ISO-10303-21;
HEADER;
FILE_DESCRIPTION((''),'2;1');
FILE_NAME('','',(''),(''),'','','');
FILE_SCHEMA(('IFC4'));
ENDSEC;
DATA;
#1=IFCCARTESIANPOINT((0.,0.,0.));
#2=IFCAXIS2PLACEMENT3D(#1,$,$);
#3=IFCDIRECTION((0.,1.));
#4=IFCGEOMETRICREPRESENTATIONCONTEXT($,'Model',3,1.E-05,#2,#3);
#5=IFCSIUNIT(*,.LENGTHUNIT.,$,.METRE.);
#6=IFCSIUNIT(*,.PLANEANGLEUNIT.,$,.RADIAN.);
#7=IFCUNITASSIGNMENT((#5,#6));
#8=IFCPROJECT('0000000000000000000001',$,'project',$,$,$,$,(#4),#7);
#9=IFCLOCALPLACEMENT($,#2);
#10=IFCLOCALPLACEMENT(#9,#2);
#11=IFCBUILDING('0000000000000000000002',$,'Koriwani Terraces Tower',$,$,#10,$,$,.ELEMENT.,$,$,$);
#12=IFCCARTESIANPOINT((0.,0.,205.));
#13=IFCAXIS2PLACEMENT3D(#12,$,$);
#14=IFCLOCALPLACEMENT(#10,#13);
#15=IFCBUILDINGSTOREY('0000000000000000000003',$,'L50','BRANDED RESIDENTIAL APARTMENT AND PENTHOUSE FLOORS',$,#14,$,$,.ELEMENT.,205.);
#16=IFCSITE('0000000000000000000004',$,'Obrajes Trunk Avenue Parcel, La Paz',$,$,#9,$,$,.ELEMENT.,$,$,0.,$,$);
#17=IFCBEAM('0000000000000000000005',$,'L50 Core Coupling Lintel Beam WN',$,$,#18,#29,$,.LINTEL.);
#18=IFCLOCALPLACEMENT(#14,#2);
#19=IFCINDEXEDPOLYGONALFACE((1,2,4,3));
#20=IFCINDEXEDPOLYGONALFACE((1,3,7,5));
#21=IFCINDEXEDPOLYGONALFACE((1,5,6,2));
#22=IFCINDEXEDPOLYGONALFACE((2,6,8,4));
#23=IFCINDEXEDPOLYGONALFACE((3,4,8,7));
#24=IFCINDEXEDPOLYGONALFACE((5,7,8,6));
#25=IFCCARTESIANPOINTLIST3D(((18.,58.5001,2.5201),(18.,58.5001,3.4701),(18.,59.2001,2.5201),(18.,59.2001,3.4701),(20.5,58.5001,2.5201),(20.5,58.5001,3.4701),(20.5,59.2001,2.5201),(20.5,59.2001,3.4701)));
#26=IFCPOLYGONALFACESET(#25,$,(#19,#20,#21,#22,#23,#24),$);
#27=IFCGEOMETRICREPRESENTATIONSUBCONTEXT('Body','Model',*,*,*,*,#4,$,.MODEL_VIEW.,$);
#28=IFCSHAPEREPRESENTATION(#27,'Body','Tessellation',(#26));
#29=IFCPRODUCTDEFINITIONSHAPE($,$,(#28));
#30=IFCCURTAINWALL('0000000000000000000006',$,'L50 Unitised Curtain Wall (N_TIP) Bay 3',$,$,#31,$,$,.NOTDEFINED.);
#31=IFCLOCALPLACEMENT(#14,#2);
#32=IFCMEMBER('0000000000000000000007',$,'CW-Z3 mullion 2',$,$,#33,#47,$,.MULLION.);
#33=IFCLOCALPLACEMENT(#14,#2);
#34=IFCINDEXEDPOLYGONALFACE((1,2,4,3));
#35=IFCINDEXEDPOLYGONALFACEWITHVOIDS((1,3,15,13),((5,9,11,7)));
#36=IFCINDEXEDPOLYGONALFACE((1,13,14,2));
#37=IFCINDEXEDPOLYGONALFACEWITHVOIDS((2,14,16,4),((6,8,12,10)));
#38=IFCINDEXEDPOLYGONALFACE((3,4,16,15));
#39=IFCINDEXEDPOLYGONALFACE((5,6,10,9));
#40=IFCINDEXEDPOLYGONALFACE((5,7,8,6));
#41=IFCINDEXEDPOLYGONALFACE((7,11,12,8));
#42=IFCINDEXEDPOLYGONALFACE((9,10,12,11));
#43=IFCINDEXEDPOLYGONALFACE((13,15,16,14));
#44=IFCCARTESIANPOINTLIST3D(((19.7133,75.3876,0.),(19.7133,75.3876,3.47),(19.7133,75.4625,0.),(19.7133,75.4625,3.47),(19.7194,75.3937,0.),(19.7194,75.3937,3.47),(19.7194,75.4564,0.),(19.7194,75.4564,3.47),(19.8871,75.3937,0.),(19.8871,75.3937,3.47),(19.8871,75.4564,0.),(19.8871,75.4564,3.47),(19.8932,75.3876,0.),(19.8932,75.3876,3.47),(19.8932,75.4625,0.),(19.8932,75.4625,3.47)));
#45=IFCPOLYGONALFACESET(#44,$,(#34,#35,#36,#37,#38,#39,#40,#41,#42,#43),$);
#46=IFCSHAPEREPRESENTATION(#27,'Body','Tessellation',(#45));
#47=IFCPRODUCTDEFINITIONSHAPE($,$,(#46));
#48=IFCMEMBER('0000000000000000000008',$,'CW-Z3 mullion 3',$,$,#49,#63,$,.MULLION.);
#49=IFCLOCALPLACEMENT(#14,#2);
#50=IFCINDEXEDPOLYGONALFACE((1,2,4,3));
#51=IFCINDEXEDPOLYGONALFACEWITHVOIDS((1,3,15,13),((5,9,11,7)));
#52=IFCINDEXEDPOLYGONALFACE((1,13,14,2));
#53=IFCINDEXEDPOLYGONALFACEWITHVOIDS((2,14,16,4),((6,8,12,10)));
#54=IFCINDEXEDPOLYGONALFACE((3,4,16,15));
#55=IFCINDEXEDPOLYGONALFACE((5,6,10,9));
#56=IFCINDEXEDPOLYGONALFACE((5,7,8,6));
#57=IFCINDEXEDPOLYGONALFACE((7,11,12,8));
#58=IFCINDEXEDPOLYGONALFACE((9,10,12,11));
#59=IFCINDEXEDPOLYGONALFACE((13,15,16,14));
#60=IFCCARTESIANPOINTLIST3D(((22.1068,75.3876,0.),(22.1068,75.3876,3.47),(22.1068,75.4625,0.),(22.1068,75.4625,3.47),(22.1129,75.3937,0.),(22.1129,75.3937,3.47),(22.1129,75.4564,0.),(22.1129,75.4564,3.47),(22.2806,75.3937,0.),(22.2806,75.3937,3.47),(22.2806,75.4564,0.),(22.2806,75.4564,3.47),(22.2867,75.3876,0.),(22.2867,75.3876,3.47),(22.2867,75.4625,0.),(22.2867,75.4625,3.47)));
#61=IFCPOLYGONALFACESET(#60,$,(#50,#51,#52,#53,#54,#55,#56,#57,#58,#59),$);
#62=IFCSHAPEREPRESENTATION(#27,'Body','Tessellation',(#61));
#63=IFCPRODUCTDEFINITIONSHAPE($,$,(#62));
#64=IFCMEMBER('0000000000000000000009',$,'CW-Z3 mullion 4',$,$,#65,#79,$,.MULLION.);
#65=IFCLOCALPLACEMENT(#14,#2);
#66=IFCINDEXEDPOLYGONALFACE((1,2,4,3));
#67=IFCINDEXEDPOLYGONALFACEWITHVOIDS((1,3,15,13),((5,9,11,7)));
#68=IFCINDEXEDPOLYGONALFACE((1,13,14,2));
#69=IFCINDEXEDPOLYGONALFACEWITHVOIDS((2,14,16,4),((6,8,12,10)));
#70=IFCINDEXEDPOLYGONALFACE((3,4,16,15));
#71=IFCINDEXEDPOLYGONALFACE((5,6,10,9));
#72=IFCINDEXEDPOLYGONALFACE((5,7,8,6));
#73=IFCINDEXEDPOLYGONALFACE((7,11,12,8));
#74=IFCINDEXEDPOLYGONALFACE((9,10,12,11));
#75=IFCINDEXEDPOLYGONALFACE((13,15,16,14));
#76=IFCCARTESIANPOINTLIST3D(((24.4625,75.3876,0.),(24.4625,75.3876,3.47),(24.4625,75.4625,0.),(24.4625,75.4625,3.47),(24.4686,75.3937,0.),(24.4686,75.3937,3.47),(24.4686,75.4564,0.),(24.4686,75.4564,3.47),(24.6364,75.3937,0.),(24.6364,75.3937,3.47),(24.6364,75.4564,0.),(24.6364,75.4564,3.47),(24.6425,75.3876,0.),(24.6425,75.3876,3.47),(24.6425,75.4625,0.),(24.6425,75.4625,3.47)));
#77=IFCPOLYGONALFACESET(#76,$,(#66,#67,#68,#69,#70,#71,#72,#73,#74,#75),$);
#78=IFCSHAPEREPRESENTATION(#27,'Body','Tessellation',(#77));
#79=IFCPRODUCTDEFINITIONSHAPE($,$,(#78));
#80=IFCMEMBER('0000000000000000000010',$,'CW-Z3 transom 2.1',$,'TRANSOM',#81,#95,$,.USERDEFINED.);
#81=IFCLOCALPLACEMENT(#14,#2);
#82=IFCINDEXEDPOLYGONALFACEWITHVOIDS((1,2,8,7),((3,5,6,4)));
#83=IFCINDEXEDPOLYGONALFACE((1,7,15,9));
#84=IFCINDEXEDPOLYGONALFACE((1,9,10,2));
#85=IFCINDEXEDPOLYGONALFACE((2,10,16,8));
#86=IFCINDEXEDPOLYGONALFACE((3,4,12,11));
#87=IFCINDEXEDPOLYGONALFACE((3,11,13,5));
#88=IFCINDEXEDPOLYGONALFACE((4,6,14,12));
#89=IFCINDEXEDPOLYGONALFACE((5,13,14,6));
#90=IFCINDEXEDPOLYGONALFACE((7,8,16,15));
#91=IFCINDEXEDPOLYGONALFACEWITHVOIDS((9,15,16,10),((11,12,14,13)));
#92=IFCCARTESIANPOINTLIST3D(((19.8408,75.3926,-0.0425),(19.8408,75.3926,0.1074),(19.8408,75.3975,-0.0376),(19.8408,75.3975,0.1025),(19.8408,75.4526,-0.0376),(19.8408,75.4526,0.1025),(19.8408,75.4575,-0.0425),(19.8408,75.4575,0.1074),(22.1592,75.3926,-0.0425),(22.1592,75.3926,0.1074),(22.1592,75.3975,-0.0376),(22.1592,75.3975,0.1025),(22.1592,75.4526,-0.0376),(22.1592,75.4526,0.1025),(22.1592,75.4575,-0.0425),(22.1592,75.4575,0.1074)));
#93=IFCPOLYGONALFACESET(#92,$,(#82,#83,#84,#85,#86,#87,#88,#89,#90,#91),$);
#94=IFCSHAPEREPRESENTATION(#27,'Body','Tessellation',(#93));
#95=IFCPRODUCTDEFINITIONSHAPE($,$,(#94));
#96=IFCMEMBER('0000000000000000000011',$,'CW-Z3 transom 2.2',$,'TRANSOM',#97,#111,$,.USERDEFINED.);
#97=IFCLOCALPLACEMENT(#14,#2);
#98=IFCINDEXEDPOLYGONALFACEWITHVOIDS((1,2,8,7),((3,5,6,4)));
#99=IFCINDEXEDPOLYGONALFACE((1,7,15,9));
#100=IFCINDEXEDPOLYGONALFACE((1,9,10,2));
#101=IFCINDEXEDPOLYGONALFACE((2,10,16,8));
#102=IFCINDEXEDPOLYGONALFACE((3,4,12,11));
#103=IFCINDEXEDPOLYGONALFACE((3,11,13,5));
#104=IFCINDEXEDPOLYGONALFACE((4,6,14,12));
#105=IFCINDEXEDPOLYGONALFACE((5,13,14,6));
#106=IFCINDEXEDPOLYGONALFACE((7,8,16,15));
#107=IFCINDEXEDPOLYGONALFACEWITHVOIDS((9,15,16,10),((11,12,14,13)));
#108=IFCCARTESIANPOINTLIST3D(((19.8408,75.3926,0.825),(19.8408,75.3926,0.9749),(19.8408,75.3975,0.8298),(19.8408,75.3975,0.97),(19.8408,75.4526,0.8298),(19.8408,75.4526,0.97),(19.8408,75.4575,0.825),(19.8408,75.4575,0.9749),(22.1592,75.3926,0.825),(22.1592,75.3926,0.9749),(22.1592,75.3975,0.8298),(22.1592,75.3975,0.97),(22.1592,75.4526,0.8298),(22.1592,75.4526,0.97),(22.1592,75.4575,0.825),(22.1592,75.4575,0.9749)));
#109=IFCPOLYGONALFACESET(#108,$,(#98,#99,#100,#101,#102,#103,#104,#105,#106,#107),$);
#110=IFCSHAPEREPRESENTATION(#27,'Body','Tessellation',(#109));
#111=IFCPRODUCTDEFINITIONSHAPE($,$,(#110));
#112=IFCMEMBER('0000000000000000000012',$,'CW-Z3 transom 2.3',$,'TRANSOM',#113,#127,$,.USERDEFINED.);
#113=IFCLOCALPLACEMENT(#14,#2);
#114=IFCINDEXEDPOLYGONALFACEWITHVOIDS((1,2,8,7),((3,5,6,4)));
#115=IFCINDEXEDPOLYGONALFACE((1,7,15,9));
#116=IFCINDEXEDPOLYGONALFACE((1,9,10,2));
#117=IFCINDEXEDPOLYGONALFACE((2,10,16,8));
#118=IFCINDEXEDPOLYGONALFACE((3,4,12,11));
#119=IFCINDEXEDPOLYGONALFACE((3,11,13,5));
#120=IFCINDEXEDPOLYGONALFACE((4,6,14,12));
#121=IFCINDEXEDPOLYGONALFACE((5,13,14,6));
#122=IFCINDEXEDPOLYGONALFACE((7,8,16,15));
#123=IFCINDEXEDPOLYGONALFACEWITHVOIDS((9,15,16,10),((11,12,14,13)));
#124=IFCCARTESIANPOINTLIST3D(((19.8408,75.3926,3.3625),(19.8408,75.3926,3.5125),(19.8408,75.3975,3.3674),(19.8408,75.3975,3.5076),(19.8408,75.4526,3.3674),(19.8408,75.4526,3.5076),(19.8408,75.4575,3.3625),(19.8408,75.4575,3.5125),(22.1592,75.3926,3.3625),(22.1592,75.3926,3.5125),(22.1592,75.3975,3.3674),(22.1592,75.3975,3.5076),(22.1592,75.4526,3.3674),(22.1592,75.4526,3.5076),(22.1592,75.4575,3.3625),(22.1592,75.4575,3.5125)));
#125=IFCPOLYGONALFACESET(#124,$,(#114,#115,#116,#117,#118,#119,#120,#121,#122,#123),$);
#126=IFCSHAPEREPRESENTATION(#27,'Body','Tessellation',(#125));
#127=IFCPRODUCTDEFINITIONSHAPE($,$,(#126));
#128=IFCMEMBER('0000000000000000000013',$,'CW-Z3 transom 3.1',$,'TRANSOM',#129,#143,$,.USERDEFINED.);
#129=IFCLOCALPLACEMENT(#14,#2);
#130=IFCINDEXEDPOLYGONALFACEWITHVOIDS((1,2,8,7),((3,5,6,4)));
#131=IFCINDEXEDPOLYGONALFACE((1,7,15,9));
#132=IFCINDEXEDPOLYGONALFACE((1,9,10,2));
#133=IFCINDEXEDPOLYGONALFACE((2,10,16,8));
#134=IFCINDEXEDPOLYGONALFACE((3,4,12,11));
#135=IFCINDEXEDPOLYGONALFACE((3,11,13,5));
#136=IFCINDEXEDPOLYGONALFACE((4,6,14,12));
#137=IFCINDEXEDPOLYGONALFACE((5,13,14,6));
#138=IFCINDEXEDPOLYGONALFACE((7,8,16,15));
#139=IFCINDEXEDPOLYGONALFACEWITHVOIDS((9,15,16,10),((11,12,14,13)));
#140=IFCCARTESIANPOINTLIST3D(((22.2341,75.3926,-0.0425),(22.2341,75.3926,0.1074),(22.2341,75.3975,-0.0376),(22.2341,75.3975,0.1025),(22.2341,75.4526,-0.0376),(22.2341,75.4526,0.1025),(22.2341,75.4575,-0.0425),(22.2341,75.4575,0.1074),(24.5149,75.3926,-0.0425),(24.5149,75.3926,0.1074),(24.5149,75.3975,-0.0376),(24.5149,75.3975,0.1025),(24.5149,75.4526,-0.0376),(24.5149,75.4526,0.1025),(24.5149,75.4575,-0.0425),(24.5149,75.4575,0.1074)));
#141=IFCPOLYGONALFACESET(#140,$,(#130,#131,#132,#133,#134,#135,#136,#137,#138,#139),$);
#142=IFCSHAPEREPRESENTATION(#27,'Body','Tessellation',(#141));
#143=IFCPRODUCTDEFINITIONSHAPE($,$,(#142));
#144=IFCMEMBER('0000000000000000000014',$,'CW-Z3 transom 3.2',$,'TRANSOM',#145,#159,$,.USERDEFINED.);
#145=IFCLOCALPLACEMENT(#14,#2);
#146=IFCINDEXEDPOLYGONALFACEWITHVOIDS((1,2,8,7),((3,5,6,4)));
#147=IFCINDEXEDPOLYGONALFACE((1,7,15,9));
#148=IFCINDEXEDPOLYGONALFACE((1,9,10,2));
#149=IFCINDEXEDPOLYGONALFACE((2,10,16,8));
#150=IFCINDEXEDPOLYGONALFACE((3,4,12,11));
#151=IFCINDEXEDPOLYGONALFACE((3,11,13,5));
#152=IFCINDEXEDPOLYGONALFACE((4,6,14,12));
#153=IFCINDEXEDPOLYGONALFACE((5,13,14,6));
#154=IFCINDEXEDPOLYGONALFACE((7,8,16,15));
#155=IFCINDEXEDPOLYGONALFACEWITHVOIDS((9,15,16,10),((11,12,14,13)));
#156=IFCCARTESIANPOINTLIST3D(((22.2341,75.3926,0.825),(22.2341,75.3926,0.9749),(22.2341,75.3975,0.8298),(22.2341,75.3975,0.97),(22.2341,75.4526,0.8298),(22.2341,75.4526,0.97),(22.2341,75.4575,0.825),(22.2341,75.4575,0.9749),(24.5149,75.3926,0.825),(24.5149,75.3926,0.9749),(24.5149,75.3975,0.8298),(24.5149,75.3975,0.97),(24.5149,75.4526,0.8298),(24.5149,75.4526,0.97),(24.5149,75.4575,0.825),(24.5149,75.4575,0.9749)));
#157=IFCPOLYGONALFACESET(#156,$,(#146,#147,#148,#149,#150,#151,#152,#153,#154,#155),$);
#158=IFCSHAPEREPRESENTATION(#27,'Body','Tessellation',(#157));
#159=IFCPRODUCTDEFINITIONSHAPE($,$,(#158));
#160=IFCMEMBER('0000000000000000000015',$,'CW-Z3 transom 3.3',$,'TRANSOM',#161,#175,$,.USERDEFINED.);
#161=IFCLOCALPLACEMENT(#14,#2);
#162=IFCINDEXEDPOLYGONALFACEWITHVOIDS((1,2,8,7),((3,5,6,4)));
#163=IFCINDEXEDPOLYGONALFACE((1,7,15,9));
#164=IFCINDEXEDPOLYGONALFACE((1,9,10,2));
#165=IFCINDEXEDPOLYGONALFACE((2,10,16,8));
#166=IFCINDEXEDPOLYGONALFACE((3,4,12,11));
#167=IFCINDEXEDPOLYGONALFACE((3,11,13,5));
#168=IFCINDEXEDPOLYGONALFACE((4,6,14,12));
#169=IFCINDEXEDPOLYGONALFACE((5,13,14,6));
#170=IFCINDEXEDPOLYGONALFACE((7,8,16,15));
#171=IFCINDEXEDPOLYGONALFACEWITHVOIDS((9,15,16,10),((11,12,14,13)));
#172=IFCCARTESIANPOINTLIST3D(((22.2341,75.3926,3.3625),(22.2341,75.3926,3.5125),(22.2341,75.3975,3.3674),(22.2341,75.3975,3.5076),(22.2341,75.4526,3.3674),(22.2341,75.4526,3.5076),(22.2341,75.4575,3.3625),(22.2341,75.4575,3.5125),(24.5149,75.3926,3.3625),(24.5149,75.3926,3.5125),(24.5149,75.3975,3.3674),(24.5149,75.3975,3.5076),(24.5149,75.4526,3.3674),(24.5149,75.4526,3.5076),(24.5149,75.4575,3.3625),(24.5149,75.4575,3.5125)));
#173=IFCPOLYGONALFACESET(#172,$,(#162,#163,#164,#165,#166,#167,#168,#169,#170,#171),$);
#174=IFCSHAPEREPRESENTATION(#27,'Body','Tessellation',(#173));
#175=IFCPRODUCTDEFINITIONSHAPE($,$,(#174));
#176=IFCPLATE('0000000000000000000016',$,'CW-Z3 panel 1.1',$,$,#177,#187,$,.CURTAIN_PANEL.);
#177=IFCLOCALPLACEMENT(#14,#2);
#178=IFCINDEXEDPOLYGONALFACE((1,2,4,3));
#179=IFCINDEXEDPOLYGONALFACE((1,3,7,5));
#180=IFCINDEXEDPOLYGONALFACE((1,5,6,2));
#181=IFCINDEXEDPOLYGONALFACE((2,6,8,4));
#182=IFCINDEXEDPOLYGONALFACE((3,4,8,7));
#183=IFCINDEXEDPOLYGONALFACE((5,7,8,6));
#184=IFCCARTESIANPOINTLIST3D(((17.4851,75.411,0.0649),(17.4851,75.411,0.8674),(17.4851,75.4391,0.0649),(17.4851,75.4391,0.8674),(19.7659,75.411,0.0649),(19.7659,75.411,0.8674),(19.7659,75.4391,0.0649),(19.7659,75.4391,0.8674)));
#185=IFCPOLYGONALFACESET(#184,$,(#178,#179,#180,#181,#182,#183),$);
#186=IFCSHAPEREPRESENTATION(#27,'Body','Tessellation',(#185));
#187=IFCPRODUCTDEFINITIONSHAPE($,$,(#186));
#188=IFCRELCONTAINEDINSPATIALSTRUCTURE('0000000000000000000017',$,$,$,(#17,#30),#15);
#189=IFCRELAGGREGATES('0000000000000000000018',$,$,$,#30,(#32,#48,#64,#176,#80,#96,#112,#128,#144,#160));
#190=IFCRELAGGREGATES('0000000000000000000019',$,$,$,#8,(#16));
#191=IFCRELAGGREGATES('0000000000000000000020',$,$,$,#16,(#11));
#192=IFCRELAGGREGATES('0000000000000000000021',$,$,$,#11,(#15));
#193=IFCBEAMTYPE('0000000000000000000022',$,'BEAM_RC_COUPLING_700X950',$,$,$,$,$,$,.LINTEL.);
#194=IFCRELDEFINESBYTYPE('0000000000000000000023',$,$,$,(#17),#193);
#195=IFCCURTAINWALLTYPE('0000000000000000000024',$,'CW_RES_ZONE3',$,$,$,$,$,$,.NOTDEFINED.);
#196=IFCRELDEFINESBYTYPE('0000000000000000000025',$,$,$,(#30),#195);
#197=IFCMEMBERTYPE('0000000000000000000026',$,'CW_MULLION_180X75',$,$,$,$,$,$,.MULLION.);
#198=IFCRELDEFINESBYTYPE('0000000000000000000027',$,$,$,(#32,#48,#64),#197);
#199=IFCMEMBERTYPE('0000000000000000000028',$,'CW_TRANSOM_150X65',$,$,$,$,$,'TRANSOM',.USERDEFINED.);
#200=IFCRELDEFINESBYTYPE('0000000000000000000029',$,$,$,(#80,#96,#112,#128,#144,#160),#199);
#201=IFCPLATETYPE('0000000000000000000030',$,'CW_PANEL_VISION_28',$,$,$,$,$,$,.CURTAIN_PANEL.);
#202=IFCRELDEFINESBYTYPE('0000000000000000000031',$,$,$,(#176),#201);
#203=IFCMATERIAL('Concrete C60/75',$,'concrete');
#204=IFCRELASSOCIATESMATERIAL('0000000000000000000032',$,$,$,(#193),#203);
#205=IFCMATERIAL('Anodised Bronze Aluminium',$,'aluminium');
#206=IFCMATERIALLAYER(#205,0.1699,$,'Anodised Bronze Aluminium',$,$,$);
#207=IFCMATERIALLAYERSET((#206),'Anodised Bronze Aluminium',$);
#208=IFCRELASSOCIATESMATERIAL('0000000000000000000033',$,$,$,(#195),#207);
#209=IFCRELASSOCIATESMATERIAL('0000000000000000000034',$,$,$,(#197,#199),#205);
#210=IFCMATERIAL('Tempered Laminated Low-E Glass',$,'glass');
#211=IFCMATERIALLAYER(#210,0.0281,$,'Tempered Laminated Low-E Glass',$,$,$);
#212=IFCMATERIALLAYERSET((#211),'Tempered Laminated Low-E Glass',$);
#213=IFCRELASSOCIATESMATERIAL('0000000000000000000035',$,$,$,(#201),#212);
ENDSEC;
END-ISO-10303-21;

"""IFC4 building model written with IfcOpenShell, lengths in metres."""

from ifc_helpers import new_model, si_unit, direction, frame, origin, origin_2d, place, context, subcontext, project, spatial, rectangle, hollow_rectangle, extrude, material, layer, layer_set, material_profile, profile_set, type_object, element, aggregate, save


model = new_model("IFC4")

# Units and contexts
model_context = context("Model", 3, precision=1e-05, world=origin(), true_north=direction((0.0, 1.0)))
body_context = subcontext(model_context, "Body", "Model", "MODEL_VIEW")
ifc_project = project(units=[si_unit("LENGTHUNIT", "METRE"), si_unit("PLANEANGLEUNIT", "RADIAN")], contexts=[model_context])

# Site, building, storey
site_placement = place(None, origin())
site = spatial("IfcSite", under=ifc_project, at=site_placement, Name="Obrajes Trunk Avenue Parcel, La Paz", CompositionType="ELEMENT", RefElevation=0.0)
building_placement = place(site_placement, origin())
building = spatial("IfcBuilding", under=site, at=building_placement, Name="Koriwani Terraces Tower", CompositionType="ELEMENT")
storey_placement = place(building_placement, frame((0.0, 0.0, 205.0)))
storey = spatial("IfcBuildingStorey", under=building, at=storey_placement, Name="L50", Description="BRANDED RESIDENTIAL APARTMENT AND PENTHOUSE FLOORS", CompositionType="ELEMENT", Elevation=205.0)

# Beam
ifc_material_1 = material(Name="Concrete C60/75", Category="concrete")
ifc_material_profile_1 = material_profile(ifc_material_1, rectangle(XDim=0.7, YDim=0.95, at=origin_2d()), Name="Concrete C60/75", Category="LoadBearing")
ifc_profile_set_1 = profile_set([ifc_material_profile_1], Name="Concrete C60/75")
beam_type = type_object("IfcBeamType", Name="BEAM_RC_COUPLING_700X950", PredefinedType="LINTEL", material=ifc_profile_set_1)
beam_placement = place(storey_placement, frame((18.0, 58.8501, 2.9951), z_axis=(1.0, 0.0, 0.0), x_axis=(0.0, 1.0, 0.0)))
element("IfcBeam", 1, at=beam_placement, inside=storey, type_object=beam_type, Name="L50 Core Coupling Lintel Beam WN", PredefinedType="LINTEL", context=body_context, shape_type="SweptSolid", body=[
    extrude(rectangle(XDim=0.7, YDim=0.95, at=origin_2d()), origin(), (0.0, 0.0, 1.0), 2.5),
])

# Curtain wall, members, plate
ifc_material_2 = material(Name="Anodised Bronze Aluminium", Category="aluminium")
ifc_layer_1 = layer(ifc_material_2, 0.1699, Name="Anodised Bronze Aluminium")
ifc_layer_set_1 = layer_set([ifc_layer_1], Name="Anodised Bronze Aluminium")
curtain_wall_type = type_object("IfcCurtainWallType", Name="CW_RES_ZONE3", PredefinedType="NOTDEFINED", material=ifc_layer_set_1)
curtain_wall_placement = place(storey_placement, origin())
curtain_wall = element("IfcCurtainWall", 2, at=curtain_wall_placement, inside=storey, type_object=curtain_wall_type, Name="L50 Unitised Curtain Wall (N_TIP) Bay 3", PredefinedType="NOTDEFINED")
ifc_material_profile_2 = material_profile(ifc_material_2, hollow_rectangle(XDim=0.075, YDim=0.1799, WallThickness=0.0061, at=origin_2d()), Name="Anodised Bronze Aluminium", Category="LoadBearing")
ifc_profile_set_2 = profile_set([ifc_material_profile_2], Name="Anodised Bronze Aluminium")
member_type_1 = type_object("IfcMemberType", Name="CW_MULLION_180X75", PredefinedType="MULLION", material=ifc_profile_set_2)
member_1_placement = place(storey_placement, frame((19.8032, 75.425, 0.0), z_axis=(0.0, 0.0, 1.0), x_axis=(0.0, 1.0, 0.0)))
member_1 = element("IfcMember", 3, at=member_1_placement, type_object=member_type_1, Name="CW-Z3 mullion 2", PredefinedType="MULLION", context=body_context, shape_type="SweptSolid", body=[
    extrude(hollow_rectangle(XDim=0.075, YDim=0.1799, WallThickness=0.0061, at=origin_2d()), origin(), (0.0, 0.0, 1.0), 3.47),
])
member_2_placement = place(storey_placement, frame((22.1968, 75.425, 0.0), z_axis=(0.0, 0.0, 1.0), x_axis=(0.0, 1.0, 0.0)))
member_2 = element("IfcMember", 4, at=member_2_placement, type_object=member_type_1, Name="CW-Z3 mullion 3", PredefinedType="MULLION", context=body_context, shape_type="SweptSolid", body=[
    extrude(hollow_rectangle(XDim=0.075, YDim=0.1799, WallThickness=0.0061, at=origin_2d()), origin(), (0.0, 0.0, 1.0), 3.47),
])
member_3_placement = place(storey_placement, frame((24.5525, 75.425, 0.0), z_axis=(0.0, 0.0, 1.0), x_axis=(0.0, 1.0, 0.0)))
member_3 = element("IfcMember", 5, at=member_3_placement, type_object=member_type_1, Name="CW-Z3 mullion 4", PredefinedType="MULLION", context=body_context, shape_type="SweptSolid", body=[
    extrude(hollow_rectangle(XDim=0.075, YDim=0.1799, WallThickness=0.0061, at=origin_2d()), origin(), (0.0, 0.0, 1.0), 3.47),
])
ifc_material_profile_3 = material_profile(ifc_material_2, hollow_rectangle(XDim=0.0649, YDim=0.1499, WallThickness=0.0049, at=origin_2d()), Name="Anodised Bronze Aluminium", Category="LoadBearing")
ifc_profile_set_3 = profile_set([ifc_material_profile_3], Name="Anodised Bronze Aluminium")
member_type_2 = type_object("IfcMemberType", Name="CW_TRANSOM_150X65", ElementType="TRANSOM", PredefinedType="USERDEFINED", material=ifc_profile_set_3)
member_4_placement = place(storey_placement, frame((19.8408, 75.425, 0.0325), z_axis=(1.0, 0.0, 0.0), x_axis=(0.0, 1.0, 0.0)))
member_4 = element("IfcMember", 6, at=member_4_placement, type_object=member_type_2, Name="CW-Z3 transom 2.1", ObjectType="TRANSOM", PredefinedType="USERDEFINED", context=body_context, shape_type="SweptSolid", body=[
    extrude(hollow_rectangle(XDim=0.0649, YDim=0.1499, WallThickness=0.0049, at=origin_2d()), origin(), (0.0, 0.0, 1.0), 2.3184),
])
member_5_placement = place(storey_placement, frame((19.8408, 75.425, 0.8999), z_axis=(1.0, 0.0, 0.0), x_axis=(0.0, 1.0, 0.0)))
member_5 = element("IfcMember", 7, at=member_5_placement, type_object=member_type_2, Name="CW-Z3 transom 2.2", ObjectType="TRANSOM", PredefinedType="USERDEFINED", context=body_context, shape_type="SweptSolid", body=[
    extrude(hollow_rectangle(XDim=0.0649, YDim=0.1499, WallThickness=0.0049, at=origin_2d()), origin(), (0.0, 0.0, 1.0), 2.3184),
])
member_6_placement = place(storey_placement, frame((19.8408, 75.425, 3.4375), z_axis=(1.0, 0.0, 0.0), x_axis=(0.0, 1.0, 0.0)))
member_6 = element("IfcMember", 8, at=member_6_placement, type_object=member_type_2, Name="CW-Z3 transom 2.3", ObjectType="TRANSOM", PredefinedType="USERDEFINED", context=body_context, shape_type="SweptSolid", body=[
    extrude(hollow_rectangle(XDim=0.0649, YDim=0.1499, WallThickness=0.0049, at=origin_2d()), origin(), (0.0, 0.0, 1.0), 2.3184),
])
member_7_placement = place(storey_placement, frame((22.2341, 75.425, 0.0325), z_axis=(1.0, 0.0, 0.0), x_axis=(0.0, 1.0, 0.0)))
member_7 = element("IfcMember", 9, at=member_7_placement, type_object=member_type_2, Name="CW-Z3 transom 3.1", ObjectType="TRANSOM", PredefinedType="USERDEFINED", context=body_context, shape_type="SweptSolid", body=[
    extrude(hollow_rectangle(XDim=0.0649, YDim=0.1499, WallThickness=0.0049, at=origin_2d()), origin(), (0.0, 0.0, 1.0), 2.2808),
])
member_8_placement = place(storey_placement, frame((22.2341, 75.425, 0.8999), z_axis=(1.0, 0.0, 0.0), x_axis=(0.0, 1.0, 0.0)))
member_8 = element("IfcMember", 10, at=member_8_placement, type_object=member_type_2, Name="CW-Z3 transom 3.2", ObjectType="TRANSOM", PredefinedType="USERDEFINED", context=body_context, shape_type="SweptSolid", body=[
    extrude(hollow_rectangle(XDim=0.0649, YDim=0.1499, WallThickness=0.0049, at=origin_2d()), origin(), (0.0, 0.0, 1.0), 2.2808),
])
member_9_placement = place(storey_placement, frame((22.2341, 75.425, 3.4375), z_axis=(1.0, 0.0, 0.0), x_axis=(0.0, 1.0, 0.0)))
member_9 = element("IfcMember", 11, at=member_9_placement, type_object=member_type_2, Name="CW-Z3 transom 3.3", ObjectType="TRANSOM", PredefinedType="USERDEFINED", context=body_context, shape_type="SweptSolid", body=[
    extrude(hollow_rectangle(XDim=0.0649, YDim=0.1499, WallThickness=0.0049, at=origin_2d()), origin(), (0.0, 0.0, 1.0), 2.2808),
])
ifc_material_3 = material(Name="Tempered Laminated Low-E Glass", Category="glass")
ifc_layer_2 = layer(ifc_material_3, 0.0281, Name="Tempered Laminated Low-E Glass")
ifc_layer_set_2 = layer_set([ifc_layer_2], Name="Tempered Laminated Low-E Glass")
plate_type = type_object("IfcPlateType", Name="CW_PANEL_VISION_28", PredefinedType="CURTAIN_PANEL", material=ifc_layer_set_2)
plate_1_placement = place(storey_placement, frame((18.6255, 75.425, 0.0649), z_axis=(0.0, 0.0, 1.0), x_axis=(1.0, 0.0, 0.0)))
plate_1 = element("IfcPlate", 12, at=plate_1_placement, type_object=plate_type, Name="CW-Z3 panel 1.1", PredefinedType="CURTAIN_PANEL", context=body_context, shape_type="SweptSolid", body=[
    extrude(rectangle(XDim=2.2808, YDim=0.0281, at=origin_2d()), origin(), (0.0, 0.0, 1.0), 0.8025),
])
aggregate(curtain_wall, [member_1, member_2, member_3, plate_1, member_4, member_5, member_6, member_7, member_8, member_9])

save(model, "model.ifc")
